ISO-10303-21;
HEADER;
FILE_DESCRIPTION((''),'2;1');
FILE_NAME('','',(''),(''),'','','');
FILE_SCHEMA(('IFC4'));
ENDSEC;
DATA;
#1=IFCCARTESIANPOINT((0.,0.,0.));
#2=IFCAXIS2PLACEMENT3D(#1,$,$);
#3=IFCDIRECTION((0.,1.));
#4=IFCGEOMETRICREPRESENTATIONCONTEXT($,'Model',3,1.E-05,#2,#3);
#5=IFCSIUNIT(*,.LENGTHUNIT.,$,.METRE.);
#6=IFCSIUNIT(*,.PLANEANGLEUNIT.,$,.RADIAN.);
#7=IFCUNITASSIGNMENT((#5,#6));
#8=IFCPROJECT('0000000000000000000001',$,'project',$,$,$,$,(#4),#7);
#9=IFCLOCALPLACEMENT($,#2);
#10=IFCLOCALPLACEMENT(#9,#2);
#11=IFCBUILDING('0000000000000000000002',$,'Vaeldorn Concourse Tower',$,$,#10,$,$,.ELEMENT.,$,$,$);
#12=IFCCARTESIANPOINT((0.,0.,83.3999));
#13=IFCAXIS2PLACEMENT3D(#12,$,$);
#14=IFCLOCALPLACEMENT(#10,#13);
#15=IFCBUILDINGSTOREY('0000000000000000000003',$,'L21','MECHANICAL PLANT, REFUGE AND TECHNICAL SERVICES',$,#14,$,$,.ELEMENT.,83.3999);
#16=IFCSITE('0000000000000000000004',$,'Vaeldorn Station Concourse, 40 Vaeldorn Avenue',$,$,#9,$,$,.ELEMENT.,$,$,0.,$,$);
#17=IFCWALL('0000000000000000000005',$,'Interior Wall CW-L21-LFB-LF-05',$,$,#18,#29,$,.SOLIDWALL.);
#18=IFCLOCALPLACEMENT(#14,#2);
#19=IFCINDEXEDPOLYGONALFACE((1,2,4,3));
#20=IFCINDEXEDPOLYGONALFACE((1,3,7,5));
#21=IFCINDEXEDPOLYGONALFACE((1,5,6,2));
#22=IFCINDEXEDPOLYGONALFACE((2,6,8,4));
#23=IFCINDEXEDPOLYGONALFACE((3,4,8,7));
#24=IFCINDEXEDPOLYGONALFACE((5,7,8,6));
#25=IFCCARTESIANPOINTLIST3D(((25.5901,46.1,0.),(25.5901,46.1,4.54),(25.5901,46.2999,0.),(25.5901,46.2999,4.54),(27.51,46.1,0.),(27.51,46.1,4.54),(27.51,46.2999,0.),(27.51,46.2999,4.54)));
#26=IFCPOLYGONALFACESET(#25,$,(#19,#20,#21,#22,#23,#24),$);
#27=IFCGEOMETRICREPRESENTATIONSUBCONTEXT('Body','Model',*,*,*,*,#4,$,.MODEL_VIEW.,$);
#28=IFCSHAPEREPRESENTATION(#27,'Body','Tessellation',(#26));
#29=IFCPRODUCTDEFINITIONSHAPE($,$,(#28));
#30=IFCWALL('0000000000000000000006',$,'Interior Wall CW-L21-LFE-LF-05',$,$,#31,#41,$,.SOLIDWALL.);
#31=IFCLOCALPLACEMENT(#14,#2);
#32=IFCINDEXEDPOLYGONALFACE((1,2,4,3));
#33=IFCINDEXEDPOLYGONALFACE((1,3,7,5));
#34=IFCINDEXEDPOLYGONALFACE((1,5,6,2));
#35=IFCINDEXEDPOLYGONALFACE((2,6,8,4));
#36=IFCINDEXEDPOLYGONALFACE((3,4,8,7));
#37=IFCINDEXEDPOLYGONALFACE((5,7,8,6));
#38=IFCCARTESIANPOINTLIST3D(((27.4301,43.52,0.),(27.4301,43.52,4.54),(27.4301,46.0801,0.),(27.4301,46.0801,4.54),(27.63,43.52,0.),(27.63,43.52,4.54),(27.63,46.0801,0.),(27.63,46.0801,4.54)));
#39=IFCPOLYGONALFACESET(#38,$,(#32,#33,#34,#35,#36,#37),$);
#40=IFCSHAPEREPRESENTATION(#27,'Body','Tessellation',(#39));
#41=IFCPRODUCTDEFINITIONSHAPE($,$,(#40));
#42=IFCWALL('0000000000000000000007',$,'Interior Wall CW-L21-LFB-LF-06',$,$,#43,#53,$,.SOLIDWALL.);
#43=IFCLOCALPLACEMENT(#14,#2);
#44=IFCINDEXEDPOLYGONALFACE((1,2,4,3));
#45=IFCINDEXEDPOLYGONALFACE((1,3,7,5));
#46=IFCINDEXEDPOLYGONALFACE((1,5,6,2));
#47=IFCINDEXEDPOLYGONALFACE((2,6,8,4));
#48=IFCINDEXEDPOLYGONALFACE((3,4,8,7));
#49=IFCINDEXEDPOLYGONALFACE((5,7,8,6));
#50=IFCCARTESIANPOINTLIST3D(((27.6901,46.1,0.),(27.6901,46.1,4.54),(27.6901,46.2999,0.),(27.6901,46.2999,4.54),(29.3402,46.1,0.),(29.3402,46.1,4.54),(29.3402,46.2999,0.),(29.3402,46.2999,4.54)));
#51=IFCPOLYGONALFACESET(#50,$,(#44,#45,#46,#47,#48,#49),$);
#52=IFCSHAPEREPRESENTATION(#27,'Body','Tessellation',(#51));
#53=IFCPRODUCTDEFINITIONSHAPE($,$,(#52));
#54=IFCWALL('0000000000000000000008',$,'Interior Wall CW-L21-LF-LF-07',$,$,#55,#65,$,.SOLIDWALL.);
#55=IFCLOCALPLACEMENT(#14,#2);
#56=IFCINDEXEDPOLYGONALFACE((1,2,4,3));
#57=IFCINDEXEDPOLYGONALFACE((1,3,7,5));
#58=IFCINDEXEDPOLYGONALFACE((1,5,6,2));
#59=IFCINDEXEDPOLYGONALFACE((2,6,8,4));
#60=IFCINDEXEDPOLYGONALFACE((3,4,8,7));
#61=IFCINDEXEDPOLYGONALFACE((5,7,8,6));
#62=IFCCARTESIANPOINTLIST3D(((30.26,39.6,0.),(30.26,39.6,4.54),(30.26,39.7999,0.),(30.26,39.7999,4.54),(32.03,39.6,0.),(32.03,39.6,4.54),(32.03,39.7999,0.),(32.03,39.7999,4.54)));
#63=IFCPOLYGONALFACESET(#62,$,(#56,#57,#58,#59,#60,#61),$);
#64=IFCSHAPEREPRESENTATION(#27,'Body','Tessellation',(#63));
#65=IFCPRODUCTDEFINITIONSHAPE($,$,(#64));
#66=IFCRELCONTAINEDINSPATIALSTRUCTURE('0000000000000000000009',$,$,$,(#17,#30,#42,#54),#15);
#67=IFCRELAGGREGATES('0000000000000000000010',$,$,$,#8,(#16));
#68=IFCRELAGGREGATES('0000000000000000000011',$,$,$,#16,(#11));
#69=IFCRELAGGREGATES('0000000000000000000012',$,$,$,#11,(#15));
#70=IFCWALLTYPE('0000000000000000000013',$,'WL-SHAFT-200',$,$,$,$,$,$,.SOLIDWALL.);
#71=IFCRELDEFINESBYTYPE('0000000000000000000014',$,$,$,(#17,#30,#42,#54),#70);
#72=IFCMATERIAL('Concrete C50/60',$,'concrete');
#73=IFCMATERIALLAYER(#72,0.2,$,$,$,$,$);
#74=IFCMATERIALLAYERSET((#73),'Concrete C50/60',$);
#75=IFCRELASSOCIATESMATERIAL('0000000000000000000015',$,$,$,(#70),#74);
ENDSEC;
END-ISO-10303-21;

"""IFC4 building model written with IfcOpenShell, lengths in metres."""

from ifc_helpers import new_model, si_unit, direction, frame, frame_2d, origin, place, context, subcontext, project, spatial, rectangle, extrude, material, layer, layer_set, type_object, element, save


model = new_model("IFC4")

# Units and contexts
model_context = context("Model", 3, precision=1e-05, world=origin(), true_north=direction((0.0, 1.0)))
body_context = subcontext(model_context, "Body", "Model", "MODEL_VIEW")
ifc_project = project(units=[si_unit("LENGTHUNIT", "METRE"), si_unit("PLANEANGLEUNIT", "RADIAN")], contexts=[model_context])

# Site, building, storey
site_placement = place(None, origin())
site = spatial("IfcSite", under=ifc_project, at=site_placement, Name="Vaeldorn Station Concourse, 40 Vaeldorn Avenue", CompositionType="ELEMENT", RefElevation=0.0)
building_placement = place(site_placement, origin())
building = spatial("IfcBuilding", under=site, at=building_placement, Name="Vaeldorn Concourse Tower", CompositionType="ELEMENT")
storey_placement = place(building_placement, frame((0.0, 0.0, 83.3999)))
storey = spatial("IfcBuildingStorey", under=building, at=storey_placement, Name="L21", Description="MECHANICAL PLANT, REFUGE AND TECHNICAL SERVICES", CompositionType="ELEMENT", Elevation=83.3999)

# Shared definitions
ifc_material_1 = material(Name="Concrete C50/60", Category="concrete")
ifc_layer_1 = layer(ifc_material_1, 0.2)
ifc_layer_set_1 = layer_set([ifc_layer_1], Name="Concrete C50/60")
wall_type_1 = type_object("IfcWallType", Name="WL-SHAFT-200", PredefinedType="SOLIDWALL", material=ifc_layer_set_1)

# Walls
wall_1_placement = place(storey_placement, frame((25.5901, 46.2, 0.0), z_axis=(0.0, 0.0, 1.0), x_axis=(1.0, 0.0, 0.0)))
element("IfcWall", 1, at=wall_1_placement, inside=storey, type_object=wall_type_1, Name="Interior Wall CW-L21-LFB-LF-05", PredefinedType="SOLIDWALL", context=body_context, shape_type="SweptSolid", body=[
    extrude(rectangle(XDim=1.9199, YDim=0.2, at=frame_2d((0.96, 0.0))), origin(), (0.0, 0.0, 1.0), 4.54),
])
wall_2_placement = place(storey_placement, frame((27.53, 43.52, 0.0), z_axis=(0.0, 0.0, 1.0), x_axis=(0.0, 1.0, 0.0)))
element("IfcWall", 2, at=wall_2_placement, inside=storey, type_object=wall_type_1, Name="Interior Wall CW-L21-LFE-LF-05", PredefinedType="SOLIDWALL", context=body_context, shape_type="SweptSolid", body=[
    extrude(rectangle(XDim=2.5601, YDim=0.2, at=frame_2d((1.28, 0.0))), origin(), (0.0, 0.0, 1.0), 4.54),
])

# Walls
wall_3_placement = place(storey_placement, frame((27.6899, 46.2, 0.0), z_axis=(0.0, 0.0, 1.0), x_axis=(1.0, 0.0, 0.0)))
element("IfcWall", 3, at=wall_3_placement, inside=storey, type_object=wall_type_1, Name="Interior Wall CW-L21-LFB-LF-06", PredefinedType="SOLIDWALL", context=body_context, shape_type="SweptSolid", body=[
    extrude(rectangle(XDim=1.6501, YDim=0.2, at=frame_2d((0.8252, 0.0))), origin(), (0.0, 0.0, 1.0), 4.54),
])
wall_4_placement = place(storey_placement, frame((30.26, 39.7, 0.0), z_axis=(0.0, 0.0, 1.0), x_axis=(1.0, 0.0, 0.0)))
element("IfcWall", 4, at=wall_4_placement, inside=storey, type_object=wall_type_1, Name="Interior Wall CW-L21-LF-LF-07", PredefinedType="SOLIDWALL", context=body_context, shape_type="SweptSolid", body=[
    extrude(rectangle(XDim=1.77, YDim=0.2, at=frame_2d((0.885, 0.0))), origin(), (0.0, 0.0, 1.0), 4.54),
])

save(model, "model.ifc")
